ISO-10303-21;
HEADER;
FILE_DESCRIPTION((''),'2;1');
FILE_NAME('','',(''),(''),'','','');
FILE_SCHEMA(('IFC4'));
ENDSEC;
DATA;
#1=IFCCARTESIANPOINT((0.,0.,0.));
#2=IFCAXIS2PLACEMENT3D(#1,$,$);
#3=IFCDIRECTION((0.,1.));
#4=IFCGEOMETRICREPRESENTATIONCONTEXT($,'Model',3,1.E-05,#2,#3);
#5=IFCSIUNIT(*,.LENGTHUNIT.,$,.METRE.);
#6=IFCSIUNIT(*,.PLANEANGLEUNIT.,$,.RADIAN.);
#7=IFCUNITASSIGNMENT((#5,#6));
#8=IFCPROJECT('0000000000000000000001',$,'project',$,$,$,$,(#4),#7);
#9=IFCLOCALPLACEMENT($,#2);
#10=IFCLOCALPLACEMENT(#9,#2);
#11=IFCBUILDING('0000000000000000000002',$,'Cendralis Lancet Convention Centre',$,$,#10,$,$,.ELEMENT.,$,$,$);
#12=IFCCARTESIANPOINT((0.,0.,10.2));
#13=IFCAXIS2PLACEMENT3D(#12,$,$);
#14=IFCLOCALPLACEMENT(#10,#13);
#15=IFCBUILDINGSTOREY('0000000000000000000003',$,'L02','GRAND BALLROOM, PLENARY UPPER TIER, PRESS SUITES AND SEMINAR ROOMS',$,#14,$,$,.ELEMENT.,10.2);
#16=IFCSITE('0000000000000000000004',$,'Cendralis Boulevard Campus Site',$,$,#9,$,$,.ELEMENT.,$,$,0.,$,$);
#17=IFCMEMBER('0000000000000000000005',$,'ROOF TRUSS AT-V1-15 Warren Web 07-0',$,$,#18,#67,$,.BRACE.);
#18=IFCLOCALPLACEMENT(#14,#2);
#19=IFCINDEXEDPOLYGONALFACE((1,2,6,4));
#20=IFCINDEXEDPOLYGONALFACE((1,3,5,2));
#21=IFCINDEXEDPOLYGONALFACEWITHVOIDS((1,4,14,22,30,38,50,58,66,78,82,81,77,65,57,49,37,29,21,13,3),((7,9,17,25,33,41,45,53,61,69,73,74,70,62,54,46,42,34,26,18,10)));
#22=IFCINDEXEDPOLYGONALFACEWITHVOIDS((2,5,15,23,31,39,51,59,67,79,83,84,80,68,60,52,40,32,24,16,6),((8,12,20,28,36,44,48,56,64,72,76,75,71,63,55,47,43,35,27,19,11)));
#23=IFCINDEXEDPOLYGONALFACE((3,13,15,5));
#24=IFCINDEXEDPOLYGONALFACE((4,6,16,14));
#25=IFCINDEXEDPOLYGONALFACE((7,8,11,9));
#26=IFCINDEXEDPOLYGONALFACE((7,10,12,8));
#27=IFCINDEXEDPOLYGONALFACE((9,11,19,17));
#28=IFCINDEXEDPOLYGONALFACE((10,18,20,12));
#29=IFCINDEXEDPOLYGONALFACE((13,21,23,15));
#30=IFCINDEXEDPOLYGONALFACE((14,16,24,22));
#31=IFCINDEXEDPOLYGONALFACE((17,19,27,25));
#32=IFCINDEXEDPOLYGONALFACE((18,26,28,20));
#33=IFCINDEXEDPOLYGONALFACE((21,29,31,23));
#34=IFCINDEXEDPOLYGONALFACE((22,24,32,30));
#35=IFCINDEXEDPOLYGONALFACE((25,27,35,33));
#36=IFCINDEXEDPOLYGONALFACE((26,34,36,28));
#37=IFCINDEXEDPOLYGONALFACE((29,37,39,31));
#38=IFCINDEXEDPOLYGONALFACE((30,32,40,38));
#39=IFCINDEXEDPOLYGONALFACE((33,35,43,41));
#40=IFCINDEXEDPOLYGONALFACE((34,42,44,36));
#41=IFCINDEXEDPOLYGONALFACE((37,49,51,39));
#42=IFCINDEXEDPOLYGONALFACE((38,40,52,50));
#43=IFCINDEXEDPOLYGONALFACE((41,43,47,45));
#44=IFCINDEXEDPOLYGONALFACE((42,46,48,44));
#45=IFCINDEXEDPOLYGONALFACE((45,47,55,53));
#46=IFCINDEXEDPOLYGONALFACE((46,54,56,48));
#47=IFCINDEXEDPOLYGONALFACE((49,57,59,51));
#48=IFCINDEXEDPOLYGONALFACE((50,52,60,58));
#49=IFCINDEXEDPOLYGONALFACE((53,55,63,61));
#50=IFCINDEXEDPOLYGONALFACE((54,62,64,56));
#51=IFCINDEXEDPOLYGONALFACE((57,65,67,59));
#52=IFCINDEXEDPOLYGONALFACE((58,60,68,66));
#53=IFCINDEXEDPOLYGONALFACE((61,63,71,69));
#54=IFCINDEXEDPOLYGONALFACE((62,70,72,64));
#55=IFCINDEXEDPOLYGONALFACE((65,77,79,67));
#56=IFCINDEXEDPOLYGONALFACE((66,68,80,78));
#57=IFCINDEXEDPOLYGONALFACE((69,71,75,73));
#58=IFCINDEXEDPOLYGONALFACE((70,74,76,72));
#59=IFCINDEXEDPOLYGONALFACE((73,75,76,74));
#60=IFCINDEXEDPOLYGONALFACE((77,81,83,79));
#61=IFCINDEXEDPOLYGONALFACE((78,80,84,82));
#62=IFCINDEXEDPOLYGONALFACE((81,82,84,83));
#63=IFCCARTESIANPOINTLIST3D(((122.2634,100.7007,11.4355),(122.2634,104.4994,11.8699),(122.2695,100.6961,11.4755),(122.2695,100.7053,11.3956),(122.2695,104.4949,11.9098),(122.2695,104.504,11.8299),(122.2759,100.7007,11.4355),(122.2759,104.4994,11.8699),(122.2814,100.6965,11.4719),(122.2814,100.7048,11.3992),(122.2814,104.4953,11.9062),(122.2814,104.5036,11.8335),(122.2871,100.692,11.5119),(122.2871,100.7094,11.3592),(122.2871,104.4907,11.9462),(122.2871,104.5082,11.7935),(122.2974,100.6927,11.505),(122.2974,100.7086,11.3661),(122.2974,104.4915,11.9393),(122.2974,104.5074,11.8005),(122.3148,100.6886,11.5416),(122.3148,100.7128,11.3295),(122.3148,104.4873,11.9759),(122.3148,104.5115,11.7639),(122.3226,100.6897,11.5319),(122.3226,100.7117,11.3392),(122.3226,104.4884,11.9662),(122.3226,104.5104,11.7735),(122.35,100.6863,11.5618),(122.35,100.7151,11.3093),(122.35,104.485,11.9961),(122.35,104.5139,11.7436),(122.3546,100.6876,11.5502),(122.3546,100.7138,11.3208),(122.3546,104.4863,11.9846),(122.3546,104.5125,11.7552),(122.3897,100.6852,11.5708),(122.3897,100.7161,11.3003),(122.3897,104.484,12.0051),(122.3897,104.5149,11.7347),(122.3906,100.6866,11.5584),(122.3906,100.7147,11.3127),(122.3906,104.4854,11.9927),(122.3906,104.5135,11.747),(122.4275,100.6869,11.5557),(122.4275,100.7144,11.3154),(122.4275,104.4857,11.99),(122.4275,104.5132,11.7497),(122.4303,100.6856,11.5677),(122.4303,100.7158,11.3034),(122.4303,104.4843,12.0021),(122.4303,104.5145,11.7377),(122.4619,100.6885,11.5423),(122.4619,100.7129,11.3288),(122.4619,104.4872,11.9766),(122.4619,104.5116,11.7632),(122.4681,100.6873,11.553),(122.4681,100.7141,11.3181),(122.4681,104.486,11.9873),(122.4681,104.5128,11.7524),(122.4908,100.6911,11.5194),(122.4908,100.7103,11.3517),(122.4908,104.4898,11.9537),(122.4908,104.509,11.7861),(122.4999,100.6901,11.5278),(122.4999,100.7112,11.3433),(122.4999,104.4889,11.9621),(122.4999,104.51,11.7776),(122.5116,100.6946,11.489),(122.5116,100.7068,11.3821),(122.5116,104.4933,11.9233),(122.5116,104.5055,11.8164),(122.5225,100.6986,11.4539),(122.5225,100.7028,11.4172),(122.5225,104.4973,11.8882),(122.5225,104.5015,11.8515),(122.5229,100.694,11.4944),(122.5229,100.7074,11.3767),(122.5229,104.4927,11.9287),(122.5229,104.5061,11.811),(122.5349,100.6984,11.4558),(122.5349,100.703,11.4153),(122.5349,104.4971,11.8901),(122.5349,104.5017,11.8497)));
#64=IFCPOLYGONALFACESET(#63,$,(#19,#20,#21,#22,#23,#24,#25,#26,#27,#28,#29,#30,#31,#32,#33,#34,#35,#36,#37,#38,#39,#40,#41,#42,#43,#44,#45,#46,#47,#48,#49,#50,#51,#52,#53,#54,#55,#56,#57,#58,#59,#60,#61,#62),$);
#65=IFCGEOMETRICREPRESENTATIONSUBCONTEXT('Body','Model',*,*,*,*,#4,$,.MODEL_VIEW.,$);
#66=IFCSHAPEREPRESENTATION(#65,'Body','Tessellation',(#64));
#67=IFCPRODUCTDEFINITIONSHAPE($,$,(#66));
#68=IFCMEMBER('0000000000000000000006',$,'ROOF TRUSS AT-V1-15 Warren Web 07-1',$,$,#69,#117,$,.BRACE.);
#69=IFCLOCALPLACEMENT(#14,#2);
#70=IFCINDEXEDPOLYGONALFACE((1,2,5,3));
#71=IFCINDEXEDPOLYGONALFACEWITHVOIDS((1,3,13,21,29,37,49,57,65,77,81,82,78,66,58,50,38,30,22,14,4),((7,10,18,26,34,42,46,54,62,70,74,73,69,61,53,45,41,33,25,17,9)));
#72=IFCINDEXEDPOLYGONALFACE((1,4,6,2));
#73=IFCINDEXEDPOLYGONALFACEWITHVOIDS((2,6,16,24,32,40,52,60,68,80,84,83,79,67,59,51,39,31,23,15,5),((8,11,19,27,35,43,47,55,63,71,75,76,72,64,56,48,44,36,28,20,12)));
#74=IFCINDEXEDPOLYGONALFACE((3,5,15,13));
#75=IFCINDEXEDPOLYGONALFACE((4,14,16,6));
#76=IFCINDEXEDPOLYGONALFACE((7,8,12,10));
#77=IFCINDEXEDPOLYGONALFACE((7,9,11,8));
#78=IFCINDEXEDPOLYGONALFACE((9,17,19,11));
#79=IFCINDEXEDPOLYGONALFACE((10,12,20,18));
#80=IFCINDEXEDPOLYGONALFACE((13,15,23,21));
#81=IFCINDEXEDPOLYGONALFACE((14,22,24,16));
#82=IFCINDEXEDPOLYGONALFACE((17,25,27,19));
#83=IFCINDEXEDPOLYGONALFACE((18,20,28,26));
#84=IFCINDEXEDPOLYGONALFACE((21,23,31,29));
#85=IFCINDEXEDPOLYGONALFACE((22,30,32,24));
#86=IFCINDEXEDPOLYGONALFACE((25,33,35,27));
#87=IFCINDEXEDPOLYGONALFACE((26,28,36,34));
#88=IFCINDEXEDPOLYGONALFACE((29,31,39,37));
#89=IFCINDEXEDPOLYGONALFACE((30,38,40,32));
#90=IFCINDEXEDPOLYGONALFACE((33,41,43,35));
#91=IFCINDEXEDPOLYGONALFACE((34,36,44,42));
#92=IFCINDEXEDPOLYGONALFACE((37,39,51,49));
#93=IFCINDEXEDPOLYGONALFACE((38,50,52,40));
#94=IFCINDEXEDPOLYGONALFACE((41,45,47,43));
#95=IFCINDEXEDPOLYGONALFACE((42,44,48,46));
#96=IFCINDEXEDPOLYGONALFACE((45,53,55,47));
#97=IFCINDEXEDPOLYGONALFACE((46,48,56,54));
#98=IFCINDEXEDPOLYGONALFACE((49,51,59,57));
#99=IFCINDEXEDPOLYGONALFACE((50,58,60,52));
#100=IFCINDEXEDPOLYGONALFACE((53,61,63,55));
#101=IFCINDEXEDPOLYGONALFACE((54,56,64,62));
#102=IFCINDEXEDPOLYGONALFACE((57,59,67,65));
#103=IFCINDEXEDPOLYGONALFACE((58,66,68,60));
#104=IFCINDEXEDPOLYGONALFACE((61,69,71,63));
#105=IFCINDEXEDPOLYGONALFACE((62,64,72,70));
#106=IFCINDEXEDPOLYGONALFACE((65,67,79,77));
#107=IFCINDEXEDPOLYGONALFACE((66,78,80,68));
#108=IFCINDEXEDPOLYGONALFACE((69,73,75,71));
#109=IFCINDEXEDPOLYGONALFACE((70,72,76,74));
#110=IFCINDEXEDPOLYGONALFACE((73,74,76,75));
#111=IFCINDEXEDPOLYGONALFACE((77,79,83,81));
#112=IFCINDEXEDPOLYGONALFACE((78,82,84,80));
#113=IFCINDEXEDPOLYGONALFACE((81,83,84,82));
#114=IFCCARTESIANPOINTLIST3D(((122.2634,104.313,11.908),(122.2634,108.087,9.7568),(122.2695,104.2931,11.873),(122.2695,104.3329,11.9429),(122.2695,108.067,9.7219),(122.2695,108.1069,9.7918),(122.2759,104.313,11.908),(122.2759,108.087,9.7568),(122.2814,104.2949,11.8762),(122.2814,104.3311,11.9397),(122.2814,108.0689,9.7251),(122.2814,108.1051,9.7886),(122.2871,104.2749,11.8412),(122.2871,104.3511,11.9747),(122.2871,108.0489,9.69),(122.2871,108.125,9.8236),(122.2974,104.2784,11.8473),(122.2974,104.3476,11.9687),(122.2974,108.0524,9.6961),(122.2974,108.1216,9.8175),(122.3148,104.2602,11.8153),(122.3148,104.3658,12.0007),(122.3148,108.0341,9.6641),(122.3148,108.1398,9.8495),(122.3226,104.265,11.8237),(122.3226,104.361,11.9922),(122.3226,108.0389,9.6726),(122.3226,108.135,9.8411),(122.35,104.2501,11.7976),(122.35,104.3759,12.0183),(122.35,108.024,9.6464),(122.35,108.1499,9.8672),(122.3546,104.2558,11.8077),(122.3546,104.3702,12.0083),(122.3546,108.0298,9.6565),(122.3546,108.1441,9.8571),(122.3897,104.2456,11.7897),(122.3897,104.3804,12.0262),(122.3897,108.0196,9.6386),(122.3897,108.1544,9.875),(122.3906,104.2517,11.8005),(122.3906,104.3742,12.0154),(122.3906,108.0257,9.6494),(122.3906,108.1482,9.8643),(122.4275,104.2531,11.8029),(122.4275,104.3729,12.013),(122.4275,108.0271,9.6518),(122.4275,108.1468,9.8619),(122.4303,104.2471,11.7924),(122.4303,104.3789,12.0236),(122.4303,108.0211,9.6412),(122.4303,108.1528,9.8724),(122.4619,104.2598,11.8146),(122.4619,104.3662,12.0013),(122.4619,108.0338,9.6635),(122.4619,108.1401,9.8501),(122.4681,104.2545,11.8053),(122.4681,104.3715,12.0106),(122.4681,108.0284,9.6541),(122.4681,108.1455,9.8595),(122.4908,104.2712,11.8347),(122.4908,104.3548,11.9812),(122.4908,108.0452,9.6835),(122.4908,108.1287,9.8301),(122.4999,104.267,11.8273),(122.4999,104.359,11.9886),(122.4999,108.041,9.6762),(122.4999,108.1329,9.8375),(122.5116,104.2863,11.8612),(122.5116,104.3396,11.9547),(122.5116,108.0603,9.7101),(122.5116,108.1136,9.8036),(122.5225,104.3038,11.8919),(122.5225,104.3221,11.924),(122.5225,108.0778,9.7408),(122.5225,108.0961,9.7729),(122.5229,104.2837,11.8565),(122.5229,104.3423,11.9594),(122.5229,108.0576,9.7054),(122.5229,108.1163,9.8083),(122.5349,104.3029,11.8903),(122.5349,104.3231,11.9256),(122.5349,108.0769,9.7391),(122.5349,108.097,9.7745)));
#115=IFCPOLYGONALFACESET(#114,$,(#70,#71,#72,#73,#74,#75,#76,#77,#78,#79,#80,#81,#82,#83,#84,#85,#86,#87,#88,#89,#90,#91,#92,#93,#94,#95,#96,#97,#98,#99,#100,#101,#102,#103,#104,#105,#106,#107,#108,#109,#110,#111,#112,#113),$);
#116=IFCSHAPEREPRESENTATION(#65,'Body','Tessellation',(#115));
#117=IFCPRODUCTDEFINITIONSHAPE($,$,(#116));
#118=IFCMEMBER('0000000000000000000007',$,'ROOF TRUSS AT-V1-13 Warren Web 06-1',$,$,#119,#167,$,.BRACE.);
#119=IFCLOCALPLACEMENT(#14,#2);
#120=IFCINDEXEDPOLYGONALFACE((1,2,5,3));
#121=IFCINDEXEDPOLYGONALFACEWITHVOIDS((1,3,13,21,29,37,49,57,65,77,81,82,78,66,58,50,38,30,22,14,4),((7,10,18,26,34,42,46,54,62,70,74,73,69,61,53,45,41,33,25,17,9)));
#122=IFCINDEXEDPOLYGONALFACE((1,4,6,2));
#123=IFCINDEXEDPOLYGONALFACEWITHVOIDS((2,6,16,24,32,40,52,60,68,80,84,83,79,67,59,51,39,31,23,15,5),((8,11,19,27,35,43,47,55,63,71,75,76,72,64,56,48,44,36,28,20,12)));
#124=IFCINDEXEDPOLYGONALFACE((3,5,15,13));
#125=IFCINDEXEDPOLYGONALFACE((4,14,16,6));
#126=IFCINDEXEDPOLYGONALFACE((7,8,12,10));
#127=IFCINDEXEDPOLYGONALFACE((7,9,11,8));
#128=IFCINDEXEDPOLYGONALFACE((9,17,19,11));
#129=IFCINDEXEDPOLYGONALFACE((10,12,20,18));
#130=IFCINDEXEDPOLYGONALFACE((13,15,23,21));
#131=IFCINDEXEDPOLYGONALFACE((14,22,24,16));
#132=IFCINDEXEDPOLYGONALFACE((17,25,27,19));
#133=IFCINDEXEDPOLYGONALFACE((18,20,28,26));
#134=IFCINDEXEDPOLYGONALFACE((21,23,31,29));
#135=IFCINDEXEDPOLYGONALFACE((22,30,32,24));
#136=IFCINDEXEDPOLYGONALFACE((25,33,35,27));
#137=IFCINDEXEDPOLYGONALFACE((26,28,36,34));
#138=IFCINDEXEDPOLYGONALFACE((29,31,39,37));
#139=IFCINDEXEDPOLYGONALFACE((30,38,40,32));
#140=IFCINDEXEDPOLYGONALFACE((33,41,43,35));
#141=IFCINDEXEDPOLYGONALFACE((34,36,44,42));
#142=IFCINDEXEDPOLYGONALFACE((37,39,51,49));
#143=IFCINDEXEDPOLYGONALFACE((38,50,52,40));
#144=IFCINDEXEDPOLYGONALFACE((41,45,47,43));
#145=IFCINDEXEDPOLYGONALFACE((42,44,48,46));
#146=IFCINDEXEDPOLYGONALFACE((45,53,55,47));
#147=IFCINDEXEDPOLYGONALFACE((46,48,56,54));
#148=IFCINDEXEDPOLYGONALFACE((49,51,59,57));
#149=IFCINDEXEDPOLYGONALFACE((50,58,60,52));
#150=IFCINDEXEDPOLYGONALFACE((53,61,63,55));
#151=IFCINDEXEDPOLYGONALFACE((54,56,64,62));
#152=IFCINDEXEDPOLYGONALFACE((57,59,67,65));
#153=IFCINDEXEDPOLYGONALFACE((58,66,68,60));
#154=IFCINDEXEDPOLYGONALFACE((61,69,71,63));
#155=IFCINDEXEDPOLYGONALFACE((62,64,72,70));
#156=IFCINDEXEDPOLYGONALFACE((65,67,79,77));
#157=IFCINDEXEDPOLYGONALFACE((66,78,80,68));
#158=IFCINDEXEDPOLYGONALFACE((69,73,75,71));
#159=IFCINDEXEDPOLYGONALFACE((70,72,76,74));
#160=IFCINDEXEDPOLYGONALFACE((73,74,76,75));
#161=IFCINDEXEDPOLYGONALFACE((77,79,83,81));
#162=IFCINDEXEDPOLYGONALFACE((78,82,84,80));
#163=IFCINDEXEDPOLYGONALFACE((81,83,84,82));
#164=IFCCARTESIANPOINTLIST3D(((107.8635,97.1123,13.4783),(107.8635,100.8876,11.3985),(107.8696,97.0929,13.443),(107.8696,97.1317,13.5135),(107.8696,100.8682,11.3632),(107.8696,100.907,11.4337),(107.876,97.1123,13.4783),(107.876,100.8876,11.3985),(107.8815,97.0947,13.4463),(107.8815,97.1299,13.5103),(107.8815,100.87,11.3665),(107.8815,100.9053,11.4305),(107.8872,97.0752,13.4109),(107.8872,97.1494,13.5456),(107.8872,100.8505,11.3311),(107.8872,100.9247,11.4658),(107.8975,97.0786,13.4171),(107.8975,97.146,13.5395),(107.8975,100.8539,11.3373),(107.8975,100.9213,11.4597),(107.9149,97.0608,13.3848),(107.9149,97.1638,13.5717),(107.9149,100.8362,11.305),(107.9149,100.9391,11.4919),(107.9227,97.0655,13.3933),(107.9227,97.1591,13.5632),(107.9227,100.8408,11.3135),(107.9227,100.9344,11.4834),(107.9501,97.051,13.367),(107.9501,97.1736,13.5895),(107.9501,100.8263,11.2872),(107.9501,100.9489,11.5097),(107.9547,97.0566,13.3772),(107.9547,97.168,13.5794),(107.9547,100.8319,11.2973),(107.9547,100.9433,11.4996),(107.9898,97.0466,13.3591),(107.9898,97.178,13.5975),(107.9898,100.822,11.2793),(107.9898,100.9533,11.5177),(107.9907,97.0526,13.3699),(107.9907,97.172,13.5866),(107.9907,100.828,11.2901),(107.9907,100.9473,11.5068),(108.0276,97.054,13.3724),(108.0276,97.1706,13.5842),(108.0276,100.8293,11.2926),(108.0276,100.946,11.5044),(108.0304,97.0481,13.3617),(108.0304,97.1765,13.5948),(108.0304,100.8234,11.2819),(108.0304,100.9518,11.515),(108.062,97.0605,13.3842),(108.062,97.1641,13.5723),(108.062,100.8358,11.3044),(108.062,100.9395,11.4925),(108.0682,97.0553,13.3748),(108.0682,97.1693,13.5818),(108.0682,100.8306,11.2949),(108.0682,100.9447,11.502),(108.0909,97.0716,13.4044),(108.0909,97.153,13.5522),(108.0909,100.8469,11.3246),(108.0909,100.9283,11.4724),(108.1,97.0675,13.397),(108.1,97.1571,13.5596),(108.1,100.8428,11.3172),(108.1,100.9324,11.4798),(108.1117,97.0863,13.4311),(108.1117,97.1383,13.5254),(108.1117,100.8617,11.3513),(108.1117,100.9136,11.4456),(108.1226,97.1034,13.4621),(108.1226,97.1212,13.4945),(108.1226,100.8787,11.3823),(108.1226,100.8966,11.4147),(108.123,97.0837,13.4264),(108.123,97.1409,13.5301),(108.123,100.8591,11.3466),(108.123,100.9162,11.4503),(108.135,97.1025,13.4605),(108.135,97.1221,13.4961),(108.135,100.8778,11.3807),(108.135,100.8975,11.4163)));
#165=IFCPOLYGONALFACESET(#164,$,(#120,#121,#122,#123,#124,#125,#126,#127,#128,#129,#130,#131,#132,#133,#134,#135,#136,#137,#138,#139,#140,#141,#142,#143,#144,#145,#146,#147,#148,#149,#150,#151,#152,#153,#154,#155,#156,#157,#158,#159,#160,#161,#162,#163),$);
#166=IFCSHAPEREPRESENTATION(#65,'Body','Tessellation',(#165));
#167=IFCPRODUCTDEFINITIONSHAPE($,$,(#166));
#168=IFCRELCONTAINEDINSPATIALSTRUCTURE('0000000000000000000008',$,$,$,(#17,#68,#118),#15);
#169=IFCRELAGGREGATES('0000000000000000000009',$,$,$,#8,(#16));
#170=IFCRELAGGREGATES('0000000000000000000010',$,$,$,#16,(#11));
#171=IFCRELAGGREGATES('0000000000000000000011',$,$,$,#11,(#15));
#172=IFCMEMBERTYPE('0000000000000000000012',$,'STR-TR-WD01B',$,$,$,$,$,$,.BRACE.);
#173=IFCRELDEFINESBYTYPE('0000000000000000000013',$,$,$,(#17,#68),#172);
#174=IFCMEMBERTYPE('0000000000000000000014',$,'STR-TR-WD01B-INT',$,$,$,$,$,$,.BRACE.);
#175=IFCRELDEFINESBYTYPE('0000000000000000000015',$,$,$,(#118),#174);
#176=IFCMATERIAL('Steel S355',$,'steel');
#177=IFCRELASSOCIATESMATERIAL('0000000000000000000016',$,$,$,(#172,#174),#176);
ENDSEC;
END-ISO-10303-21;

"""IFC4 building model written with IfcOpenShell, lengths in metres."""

from ifc_helpers import new_model, si_unit, direction, frame, origin, origin_2d, place, context, subcontext, project, spatial, hollow_circle, extrude, material, material_profile, profile_set, type_object, element, save


model = new_model("IFC4")

# Units and contexts
model_context = context("Model", 3, precision=1e-05, world=origin(), true_north=direction((0.0, 1.0)))
body_context = subcontext(model_context, "Body", "Model", "MODEL_VIEW")
ifc_project = project(units=[si_unit("LENGTHUNIT", "METRE"), si_unit("PLANEANGLEUNIT", "RADIAN")], contexts=[model_context])

# Site, building, storey
site_placement = place(None, origin())
site = spatial("IfcSite", under=ifc_project, at=site_placement, Name="Cendralis Boulevard Campus Site", CompositionType="ELEMENT", RefElevation=0.0)
building_placement = place(site_placement, origin())
building = spatial("IfcBuilding", under=site, at=building_placement, Name="Cendralis Lancet Convention Centre", CompositionType="ELEMENT")
storey_placement = place(building_placement, frame((0.0, 0.0, 10.2)))
storey = spatial("IfcBuildingStorey", under=building, at=storey_placement, Name="L02", Description="GRAND BALLROOM, PLENARY UPPER TIER, PRESS SUITES AND SEMINAR ROOMS", CompositionType="ELEMENT", Elevation=10.2)

# Shared definitions
ifc_material_1 = material(Name="Steel S355", Category="steel")

# Members
ifc_material_profile_1 = material_profile(ifc_material_1, hollow_circle(Radius=0.1365, WallThickness=0.0125, at=origin_2d()), Name="CHS 273.0x12.5")
ifc_profile_set_1 = profile_set([ifc_material_profile_1], Name="Steel S355")
member_type_1 = type_object("IfcMemberType", Name="STR-TR-WD01B", PredefinedType="BRACE", material=ifc_profile_set_1)
member_1_placement = place(storey_placement, frame((122.3999, 100.7007, 11.4355), z_axis=(0.0, 0.993528, 0.113592), x_axis=(-1.0, 0.0, 0.0)))
element("IfcMember", 1, at=member_1_placement, inside=storey, type_object=member_type_1, Name="ROOF TRUSS AT-V1-15 Warren Web 07-0", PredefinedType="BRACE", context=body_context, shape_type="SweptSolid", body=[
    extrude(hollow_circle(Radius=0.1365, WallThickness=0.0125, at=origin_2d()), origin(), (0.0, 0.0, 1.0), 3.8235),
])
member_2_placement = place(storey_placement, frame((122.3999, 104.313, 11.908), z_axis=(0.0, 0.868779, -0.4952), x_axis=(-1.0, 0.0, 0.0)))
element("IfcMember", 2, at=member_2_placement, inside=storey, type_object=member_type_1, Name="ROOF TRUSS AT-V1-15 Warren Web 07-1", PredefinedType="BRACE", context=body_context, shape_type="SweptSolid", body=[
    extrude(hollow_circle(Radius=0.1365, WallThickness=0.0125, at=origin_2d()), origin(), (0.0, 0.0, 1.0), 4.344),
])
ifc_material_profile_2 = material_profile(ifc_material_1, hollow_circle(Radius=0.1365, WallThickness=0.0125, at=origin_2d()), Name="CHS 273.0x12.5")
ifc_profile_set_2 = profile_set([ifc_material_profile_2], Name="Steel S355")
member_type_2 = type_object("IfcMemberType", Name="STR-TR-WD01B-INT", PredefinedType="BRACE", material=ifc_profile_set_2)
member_3_placement = place(storey_placement, frame((108.0, 97.1123, 13.4783), z_axis=(0.0, 0.875886, -0.482519), x_axis=(-1.0, 0.0, 0.0)))
element("IfcMember", 3, at=member_3_placement, inside=storey, type_object=member_type_2, Name="ROOF TRUSS AT-V1-13 Warren Web 06-1", PredefinedType="BRACE", context=body_context, shape_type="SweptSolid", body=[
    extrude(hollow_circle(Radius=0.1365, WallThickness=0.0125, at=origin_2d()), origin(), (0.0, 0.0, 1.0), 4.3103),
])

save(model, "model.ifc")
